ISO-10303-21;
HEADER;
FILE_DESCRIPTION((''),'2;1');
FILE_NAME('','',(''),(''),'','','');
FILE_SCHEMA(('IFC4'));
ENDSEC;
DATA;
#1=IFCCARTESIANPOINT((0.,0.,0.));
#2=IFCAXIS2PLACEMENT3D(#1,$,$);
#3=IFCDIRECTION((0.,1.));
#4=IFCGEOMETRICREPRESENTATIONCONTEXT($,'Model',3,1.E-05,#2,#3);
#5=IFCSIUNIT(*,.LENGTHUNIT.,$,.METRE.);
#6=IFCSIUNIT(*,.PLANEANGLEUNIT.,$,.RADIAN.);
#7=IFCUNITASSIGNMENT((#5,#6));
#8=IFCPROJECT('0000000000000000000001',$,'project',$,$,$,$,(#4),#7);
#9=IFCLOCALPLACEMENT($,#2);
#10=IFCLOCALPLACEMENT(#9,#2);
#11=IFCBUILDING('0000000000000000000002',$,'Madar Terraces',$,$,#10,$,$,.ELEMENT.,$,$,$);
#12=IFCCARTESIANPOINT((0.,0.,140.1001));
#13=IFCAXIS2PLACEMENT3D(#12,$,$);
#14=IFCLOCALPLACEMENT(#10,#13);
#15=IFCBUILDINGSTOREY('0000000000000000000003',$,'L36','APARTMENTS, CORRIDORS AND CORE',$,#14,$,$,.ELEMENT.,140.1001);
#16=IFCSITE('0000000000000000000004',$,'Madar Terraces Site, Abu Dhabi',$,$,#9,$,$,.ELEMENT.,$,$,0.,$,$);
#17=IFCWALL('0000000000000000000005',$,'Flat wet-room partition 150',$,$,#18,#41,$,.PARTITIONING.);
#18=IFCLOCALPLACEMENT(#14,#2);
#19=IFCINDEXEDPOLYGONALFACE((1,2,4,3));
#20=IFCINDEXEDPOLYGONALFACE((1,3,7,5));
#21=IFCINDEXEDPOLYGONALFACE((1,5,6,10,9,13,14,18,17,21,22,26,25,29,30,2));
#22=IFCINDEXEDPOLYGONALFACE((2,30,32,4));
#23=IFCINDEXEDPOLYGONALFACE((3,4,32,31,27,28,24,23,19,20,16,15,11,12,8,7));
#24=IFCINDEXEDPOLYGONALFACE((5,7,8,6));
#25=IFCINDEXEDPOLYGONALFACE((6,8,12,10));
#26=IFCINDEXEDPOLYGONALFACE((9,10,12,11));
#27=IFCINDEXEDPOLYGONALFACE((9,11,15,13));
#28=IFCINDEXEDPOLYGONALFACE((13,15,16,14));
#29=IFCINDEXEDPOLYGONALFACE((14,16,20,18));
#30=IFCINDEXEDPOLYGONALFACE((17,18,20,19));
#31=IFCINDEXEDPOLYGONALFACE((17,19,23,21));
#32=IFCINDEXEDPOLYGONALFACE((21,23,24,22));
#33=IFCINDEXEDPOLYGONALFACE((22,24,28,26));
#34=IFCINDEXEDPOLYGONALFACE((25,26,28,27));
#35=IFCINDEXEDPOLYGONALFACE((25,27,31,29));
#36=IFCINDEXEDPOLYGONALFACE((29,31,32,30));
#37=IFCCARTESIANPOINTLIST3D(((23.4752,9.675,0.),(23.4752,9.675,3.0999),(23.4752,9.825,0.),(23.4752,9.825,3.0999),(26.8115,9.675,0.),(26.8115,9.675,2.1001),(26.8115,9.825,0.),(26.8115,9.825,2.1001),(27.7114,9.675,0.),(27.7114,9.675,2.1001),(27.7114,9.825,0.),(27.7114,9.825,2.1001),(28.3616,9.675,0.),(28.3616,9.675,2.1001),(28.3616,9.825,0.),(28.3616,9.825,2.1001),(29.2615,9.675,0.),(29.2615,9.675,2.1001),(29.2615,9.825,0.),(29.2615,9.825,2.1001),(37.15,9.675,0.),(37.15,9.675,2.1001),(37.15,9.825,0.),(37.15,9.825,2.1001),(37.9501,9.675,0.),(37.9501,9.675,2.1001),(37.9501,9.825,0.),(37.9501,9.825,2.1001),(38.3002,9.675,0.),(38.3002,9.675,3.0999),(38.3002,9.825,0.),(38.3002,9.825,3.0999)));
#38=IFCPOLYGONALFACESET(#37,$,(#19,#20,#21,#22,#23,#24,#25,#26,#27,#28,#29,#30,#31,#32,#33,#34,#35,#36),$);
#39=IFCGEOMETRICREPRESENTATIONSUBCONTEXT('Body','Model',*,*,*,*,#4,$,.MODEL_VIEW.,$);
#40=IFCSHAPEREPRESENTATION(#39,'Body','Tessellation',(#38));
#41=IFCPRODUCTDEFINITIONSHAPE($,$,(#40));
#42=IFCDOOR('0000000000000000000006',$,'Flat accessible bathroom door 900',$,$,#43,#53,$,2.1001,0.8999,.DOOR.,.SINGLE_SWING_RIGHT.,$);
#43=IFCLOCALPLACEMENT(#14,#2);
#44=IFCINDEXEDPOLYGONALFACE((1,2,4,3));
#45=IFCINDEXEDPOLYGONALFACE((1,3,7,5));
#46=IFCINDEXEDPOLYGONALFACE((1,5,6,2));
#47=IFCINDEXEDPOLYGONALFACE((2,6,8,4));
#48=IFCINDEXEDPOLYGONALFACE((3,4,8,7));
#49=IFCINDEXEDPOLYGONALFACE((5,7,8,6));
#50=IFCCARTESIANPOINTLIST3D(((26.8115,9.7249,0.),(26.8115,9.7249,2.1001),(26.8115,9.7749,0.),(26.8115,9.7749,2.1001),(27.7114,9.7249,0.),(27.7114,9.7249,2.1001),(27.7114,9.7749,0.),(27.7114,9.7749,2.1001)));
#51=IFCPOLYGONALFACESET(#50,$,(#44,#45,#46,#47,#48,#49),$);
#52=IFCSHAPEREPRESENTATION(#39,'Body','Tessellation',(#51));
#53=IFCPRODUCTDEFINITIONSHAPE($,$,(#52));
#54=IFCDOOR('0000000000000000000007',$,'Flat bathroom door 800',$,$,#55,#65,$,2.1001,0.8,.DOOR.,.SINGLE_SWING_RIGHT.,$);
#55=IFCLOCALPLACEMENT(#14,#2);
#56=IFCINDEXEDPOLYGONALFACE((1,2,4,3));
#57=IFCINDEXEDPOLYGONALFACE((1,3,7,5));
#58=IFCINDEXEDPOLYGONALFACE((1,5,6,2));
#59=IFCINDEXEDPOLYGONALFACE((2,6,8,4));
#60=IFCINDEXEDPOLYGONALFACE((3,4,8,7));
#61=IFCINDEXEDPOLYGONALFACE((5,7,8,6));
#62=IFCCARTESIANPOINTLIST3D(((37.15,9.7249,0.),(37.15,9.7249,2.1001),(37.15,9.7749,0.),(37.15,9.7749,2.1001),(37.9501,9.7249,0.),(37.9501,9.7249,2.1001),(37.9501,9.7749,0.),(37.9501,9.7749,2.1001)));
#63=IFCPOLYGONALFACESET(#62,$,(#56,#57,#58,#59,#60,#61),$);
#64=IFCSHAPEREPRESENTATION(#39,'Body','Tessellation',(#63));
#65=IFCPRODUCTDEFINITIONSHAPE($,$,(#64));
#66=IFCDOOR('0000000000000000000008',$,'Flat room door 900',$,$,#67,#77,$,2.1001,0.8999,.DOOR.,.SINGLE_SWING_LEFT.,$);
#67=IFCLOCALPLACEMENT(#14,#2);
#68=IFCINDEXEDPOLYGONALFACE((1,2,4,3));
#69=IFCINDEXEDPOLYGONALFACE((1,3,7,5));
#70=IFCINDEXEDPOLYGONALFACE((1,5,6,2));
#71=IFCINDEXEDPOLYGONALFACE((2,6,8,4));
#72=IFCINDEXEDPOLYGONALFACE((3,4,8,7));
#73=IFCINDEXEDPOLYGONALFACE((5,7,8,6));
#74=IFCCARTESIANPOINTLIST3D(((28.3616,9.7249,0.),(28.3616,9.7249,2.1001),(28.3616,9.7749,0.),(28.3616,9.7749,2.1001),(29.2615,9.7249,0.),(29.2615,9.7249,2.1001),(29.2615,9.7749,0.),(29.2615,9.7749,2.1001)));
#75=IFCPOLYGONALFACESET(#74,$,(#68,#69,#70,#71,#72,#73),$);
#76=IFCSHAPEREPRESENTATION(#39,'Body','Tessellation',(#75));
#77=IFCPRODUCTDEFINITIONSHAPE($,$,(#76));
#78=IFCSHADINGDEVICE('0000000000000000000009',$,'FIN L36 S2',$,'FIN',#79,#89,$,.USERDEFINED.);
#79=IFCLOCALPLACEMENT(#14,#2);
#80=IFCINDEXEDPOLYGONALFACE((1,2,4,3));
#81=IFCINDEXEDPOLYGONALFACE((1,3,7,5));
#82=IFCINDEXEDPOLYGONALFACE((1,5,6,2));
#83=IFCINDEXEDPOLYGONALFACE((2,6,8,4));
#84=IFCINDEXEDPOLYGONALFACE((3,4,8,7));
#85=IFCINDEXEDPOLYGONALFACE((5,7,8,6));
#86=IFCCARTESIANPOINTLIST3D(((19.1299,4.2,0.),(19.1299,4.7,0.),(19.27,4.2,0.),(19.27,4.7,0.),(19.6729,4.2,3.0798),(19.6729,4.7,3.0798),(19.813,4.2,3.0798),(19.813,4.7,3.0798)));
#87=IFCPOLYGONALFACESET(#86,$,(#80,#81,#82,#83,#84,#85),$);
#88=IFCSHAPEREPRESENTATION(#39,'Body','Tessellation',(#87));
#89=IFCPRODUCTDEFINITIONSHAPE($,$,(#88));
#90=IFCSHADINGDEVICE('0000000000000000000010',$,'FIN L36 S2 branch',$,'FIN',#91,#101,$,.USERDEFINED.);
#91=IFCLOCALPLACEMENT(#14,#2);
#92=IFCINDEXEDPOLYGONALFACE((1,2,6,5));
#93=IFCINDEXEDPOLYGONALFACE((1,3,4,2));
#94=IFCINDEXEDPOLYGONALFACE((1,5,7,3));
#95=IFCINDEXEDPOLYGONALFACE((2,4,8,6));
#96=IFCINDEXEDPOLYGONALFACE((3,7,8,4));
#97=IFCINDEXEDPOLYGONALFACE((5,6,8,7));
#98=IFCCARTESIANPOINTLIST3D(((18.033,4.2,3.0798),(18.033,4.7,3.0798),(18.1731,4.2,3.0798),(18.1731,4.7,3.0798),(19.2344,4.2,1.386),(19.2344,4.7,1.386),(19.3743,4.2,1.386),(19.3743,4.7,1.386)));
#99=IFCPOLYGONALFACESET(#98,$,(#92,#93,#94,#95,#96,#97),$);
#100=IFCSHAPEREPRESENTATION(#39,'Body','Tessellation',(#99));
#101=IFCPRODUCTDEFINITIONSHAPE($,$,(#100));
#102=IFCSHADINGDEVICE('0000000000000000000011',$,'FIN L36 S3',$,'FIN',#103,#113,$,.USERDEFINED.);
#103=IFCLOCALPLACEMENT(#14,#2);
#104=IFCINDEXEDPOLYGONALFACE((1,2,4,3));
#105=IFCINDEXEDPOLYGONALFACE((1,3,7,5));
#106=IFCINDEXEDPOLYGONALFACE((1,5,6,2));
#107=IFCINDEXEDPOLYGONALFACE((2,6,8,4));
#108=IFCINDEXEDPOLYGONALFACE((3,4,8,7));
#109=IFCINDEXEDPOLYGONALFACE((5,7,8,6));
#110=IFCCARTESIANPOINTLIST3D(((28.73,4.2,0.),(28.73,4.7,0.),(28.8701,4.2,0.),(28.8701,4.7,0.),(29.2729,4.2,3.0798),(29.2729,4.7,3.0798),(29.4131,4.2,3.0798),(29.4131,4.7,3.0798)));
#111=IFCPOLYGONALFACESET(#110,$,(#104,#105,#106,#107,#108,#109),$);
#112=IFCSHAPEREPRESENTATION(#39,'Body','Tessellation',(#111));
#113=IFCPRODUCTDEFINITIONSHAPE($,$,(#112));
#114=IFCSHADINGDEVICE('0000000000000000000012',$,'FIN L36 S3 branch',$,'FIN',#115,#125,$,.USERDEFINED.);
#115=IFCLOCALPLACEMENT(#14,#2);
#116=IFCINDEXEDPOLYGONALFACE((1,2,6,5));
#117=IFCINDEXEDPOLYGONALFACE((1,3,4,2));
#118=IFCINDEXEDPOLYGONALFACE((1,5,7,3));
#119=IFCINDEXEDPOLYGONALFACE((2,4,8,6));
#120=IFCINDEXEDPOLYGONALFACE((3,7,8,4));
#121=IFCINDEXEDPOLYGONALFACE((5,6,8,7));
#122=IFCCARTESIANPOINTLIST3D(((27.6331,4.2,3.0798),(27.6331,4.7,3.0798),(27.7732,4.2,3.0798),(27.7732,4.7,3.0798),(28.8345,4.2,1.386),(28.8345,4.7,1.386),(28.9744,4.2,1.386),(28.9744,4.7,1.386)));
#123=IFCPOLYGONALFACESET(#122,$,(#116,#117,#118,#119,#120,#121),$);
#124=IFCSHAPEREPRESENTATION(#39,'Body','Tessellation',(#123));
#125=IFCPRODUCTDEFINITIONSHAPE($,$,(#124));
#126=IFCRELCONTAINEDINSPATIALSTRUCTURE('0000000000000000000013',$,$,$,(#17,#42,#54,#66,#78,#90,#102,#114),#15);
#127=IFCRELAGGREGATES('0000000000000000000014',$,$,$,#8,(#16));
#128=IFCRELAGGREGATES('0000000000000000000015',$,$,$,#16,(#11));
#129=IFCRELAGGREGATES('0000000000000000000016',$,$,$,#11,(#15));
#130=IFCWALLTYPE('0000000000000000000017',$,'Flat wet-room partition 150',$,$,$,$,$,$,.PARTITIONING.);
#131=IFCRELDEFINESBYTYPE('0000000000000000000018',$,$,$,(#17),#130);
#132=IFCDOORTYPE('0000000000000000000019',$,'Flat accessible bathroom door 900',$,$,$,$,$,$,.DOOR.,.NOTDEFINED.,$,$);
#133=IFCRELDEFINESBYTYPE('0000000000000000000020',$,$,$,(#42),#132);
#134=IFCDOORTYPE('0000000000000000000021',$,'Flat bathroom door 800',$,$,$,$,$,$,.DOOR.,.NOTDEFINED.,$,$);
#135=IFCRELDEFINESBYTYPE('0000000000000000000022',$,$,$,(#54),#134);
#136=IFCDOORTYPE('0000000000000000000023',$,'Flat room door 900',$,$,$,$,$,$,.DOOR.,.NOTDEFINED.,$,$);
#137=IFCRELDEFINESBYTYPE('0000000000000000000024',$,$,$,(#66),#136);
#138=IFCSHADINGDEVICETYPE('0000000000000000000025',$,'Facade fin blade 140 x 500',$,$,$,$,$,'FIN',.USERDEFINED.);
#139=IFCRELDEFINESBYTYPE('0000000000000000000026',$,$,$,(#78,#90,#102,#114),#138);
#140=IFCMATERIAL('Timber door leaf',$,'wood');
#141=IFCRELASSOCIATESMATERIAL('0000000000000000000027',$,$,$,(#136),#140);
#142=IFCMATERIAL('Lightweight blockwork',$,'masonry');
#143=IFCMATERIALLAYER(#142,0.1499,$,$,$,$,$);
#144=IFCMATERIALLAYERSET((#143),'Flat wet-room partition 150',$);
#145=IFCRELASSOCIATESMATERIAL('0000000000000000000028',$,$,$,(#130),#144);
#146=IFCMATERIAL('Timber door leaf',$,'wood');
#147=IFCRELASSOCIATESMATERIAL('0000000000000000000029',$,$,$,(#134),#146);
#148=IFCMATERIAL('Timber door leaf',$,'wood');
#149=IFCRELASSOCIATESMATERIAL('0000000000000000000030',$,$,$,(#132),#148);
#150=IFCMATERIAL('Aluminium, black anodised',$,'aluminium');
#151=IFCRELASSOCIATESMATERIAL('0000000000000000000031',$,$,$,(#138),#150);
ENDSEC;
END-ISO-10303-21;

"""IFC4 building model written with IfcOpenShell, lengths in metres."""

from ifc_helpers import new_model, si_unit, direction, frame, frame_2d, origin, place, context, subcontext, project, spatial, polyline, rectangle, outline, extrude, material, layer, layer_set, type_object, element, fill, save


model = new_model("IFC4")

# Units and contexts
model_context = context("Model", 3, precision=1e-05, world=origin(), true_north=direction((0.0, 1.0)))
body_context = subcontext(model_context, "Body", "Model", "MODEL_VIEW")
ifc_project = project(units=[si_unit("LENGTHUNIT", "METRE"), si_unit("PLANEANGLEUNIT", "RADIAN")], contexts=[model_context])

# Site, building, storey
site_placement = place(None, origin())
site = spatial("IfcSite", under=ifc_project, at=site_placement, Name="Madar Terraces Site, Abu Dhabi", CompositionType="ELEMENT", RefElevation=0.0)
building_placement = place(site_placement, origin())
building = spatial("IfcBuilding", under=site, at=building_placement, Name="Madar Terraces", CompositionType="ELEMENT")
storey_placement = place(building_placement, frame((0.0, 0.0, 140.1001)))
storey = spatial("IfcBuildingStorey", under=building, at=storey_placement, Name="L36", Description="APARTMENTS, CORRIDORS AND CORE", CompositionType="ELEMENT", Elevation=140.1001)

# Shared definitions
ifc_material_1 = material(Name="Timber door leaf", Category="wood")
door_type_1 = type_object("IfcDoorType", Name="Flat room door 900", OperationType="NOTDEFINED", PredefinedType="DOOR", material=ifc_material_1)

# Shared definitions
ifc_material_2 = material(Name="Lightweight blockwork", Category="masonry")
ifc_layer_1 = layer(ifc_material_2, 0.1499)
ifc_layer_set_1 = layer_set([ifc_layer_1], Name="Flat wet-room partition 150")
wall_type_1 = type_object("IfcWallType", Name="Flat wet-room partition 150", PredefinedType="PARTITIONING", material=ifc_layer_set_1)

# Shared definitions
ifc_material_3 = material(Name="Timber door leaf", Category="wood")
door_type_2 = type_object("IfcDoorType", Name="Flat bathroom door 800", OperationType="NOTDEFINED", PredefinedType="DOOR", material=ifc_material_3)

# Wall, openings, doors
wall_1_placement = place(storey_placement, frame((23.4751, 9.75, 0.0), z_axis=(0.0, 0.0, 1.0), x_axis=(1.0, 0.0, 0.0)))
wall_1 = element("IfcWall", 1, at=wall_1_placement, inside=storey, type_object=wall_type_1, Name="Flat wet-room partition 150", PredefinedType="PARTITIONING", context=body_context, shape_type="SweptSolid", body=[
    extrude(rectangle(XDim=14.825, YDim=0.1499, at=frame_2d((7.4126, 0.0))), origin(), (0.0, 0.0, 1.0), 3.0999),
])
opening_1_placement = place(wall_1_placement, frame((3.3364, 0.0, 0.0)))
opening_1 = element("IfcOpeningElement", 2, at=opening_1_placement, cuts=wall_1, PredefinedType="OPENING", context=body_context, shape_type="SweptSolid", body=[
    extrude(rectangle(XDim=0.8999, YDim=2.1001, at=frame_2d((0.45, 1.05))), frame((0.0, 0.085, 0.0), z_axis=(0.0, -1.0, 0.0), x_axis=(1.0, 0.0, 0.0)), (0.0, 0.0, 1.0), 0.1699),
])
opening_2_placement = place(wall_1_placement, frame((4.8865, 0.0, 0.0)))
opening_2 = element("IfcOpeningElement", 3, at=opening_2_placement, cuts=wall_1, PredefinedType="OPENING", context=body_context, shape_type="SweptSolid", body=[
    extrude(rectangle(XDim=0.8999, YDim=2.1001, at=frame_2d((0.45, 1.05))), frame((0.0, 0.085, 0.0), z_axis=(0.0, -1.0, 0.0), x_axis=(1.0, 0.0, 0.0)), (0.0, 0.0, 1.0), 0.1699),
])
opening_3_placement = place(wall_1_placement, frame((13.675, 0.0, 0.0)))
opening_3 = element("IfcOpeningElement", 4, at=opening_3_placement, cuts=wall_1, PredefinedType="OPENING", context=body_context, shape_type="SweptSolid", body=[
    extrude(rectangle(XDim=0.8, YDim=2.1001, at=frame_2d((0.3999, 1.05))), frame((0.0, 0.085, 0.0), z_axis=(0.0, -1.0, 0.0), x_axis=(1.0, 0.0, 0.0)), (0.0, 0.0, 1.0), 0.1699),
])
ifc_material_4 = material(Name="Timber door leaf", Category="wood")
door_type_3 = type_object("IfcDoorType", Name="Flat accessible bathroom door 900", OperationType="NOTDEFINED", PredefinedType="DOOR", material=ifc_material_4)
door_1_placement = place(opening_1_placement, origin())
door_1 = element("IfcDoor", 5, at=door_1_placement, inside=storey, type_object=door_type_3, Name="Flat accessible bathroom door 900", OperationType="SINGLE_SWING_RIGHT", OverallHeight=2.1001, OverallWidth=0.8999, PredefinedType="DOOR", context=body_context, shape_type="SweptSolid", body=[
    extrude(rectangle(XDim=0.8999, YDim=2.1001, at=frame_2d((0.45, 1.05))), frame((0.0, 0.0249, 0.0), z_axis=(0.0, -1.0, 0.0), x_axis=(1.0, 0.0, 0.0)), (0.0, 0.0, 1.0), 0.05),
])
fill(opening_1, door_1)
door_2_placement = place(opening_3_placement, origin())
door_2 = element("IfcDoor", 6, at=door_2_placement, inside=storey, type_object=door_type_2, Name="Flat bathroom door 800", OperationType="SINGLE_SWING_RIGHT", OverallHeight=2.1001, OverallWidth=0.8, PredefinedType="DOOR", context=body_context, shape_type="SweptSolid", body=[
    extrude(rectangle(XDim=0.8, YDim=2.1001, at=frame_2d((0.3999, 1.05))), frame((0.0, 0.0249, 0.0), z_axis=(0.0, -1.0, 0.0), x_axis=(1.0, 0.0, 0.0)), (0.0, 0.0, 1.0), 0.05),
])
fill(opening_3, door_2)
door_3_placement = place(opening_2_placement, origin())
door_3 = element("IfcDoor", 7, at=door_3_placement, inside=storey, type_object=door_type_1, Name="Flat room door 900", OperationType="SINGLE_SWING_LEFT", OverallHeight=2.1001, OverallWidth=0.8999, PredefinedType="DOOR", context=body_context, shape_type="SweptSolid", body=[
    extrude(rectangle(XDim=0.8999, YDim=2.1001, at=frame_2d((0.45, 1.05))), frame((0.0, 0.0249, 0.0), z_axis=(0.0, -1.0, 0.0), x_axis=(1.0, 0.0, 0.0)), (0.0, 0.0, 1.0), 0.05),
])
fill(opening_2, door_3)

# Shading devices
ifc_material_5 = material(Name="Aluminium, black anodised", Category="aluminium")
shading_device_type = type_object("IfcShadingDeviceType", Name="Facade fin blade 140 x 500", ElementType="FIN", PredefinedType="USERDEFINED", material=ifc_material_5)
shading_device_1_placement = place(storey_placement, frame((19.1299, 4.45, 0.0), z_axis=(0.0, 0.0, 1.0), x_axis=(1.0, 0.0, 0.0)))
element("IfcShadingDevice", 8, at=shading_device_1_placement, inside=storey, type_object=shading_device_type, Name="FIN L36 S2", ObjectType="FIN", PredefinedType="USERDEFINED", context=body_context, shape_type="SweptSolid", body=[
    extrude(outline(polyline([(0.0, 0.0), (0.1401, 0.0), (0.6831, 3.0798), (0.543, 3.0798), (0.0, 0.0)])), frame((0.0, 0.25, 0.0), z_axis=(0.0, -1.0, 0.0), x_axis=(1.0, 0.0, 0.0)), (0.0, 0.0, 1.0), 0.5),
])
shading_device_2_placement = place(storey_placement, frame((19.2344, 4.45, 1.386), z_axis=(0.0, 0.0, 1.0), x_axis=(1.0, 0.0, 0.0)))
element("IfcShadingDevice", 9, at=shading_device_2_placement, inside=storey, type_object=shading_device_type, Name="FIN L36 S2 branch", ObjectType="FIN", PredefinedType="USERDEFINED", context=body_context, shape_type="SweptSolid", body=[
    extrude(outline(polyline([(0.0, 0.0), (0.1399, 0.0), (-1.0613, 1.6938), (-1.2014, 1.6938), (0.0, 0.0)])), frame((0.0, 0.25, 0.0), z_axis=(0.0, -1.0, 0.0), x_axis=(1.0, 0.0, 0.0)), (0.0, 0.0, 1.0), 0.5),
])
shading_device_3_placement = place(storey_placement, frame((28.73, 4.45, 0.0), z_axis=(0.0, 0.0, 1.0), x_axis=(1.0, 0.0, 0.0)))
element("IfcShadingDevice", 10, at=shading_device_3_placement, inside=storey, type_object=shading_device_type, Name="FIN L36 S3", ObjectType="FIN", PredefinedType="USERDEFINED", context=body_context, shape_type="SweptSolid", body=[
    extrude(outline(polyline([(0.0, 0.0), (0.1401, 0.0), (0.6831, 3.0798), (0.543, 3.0798), (0.0, 0.0)])), frame((0.0, 0.25, 0.0), z_axis=(0.0, -1.0, 0.0), x_axis=(1.0, 0.0, 0.0)), (0.0, 0.0, 1.0), 0.5),
])
shading_device_4_placement = place(storey_placement, frame((28.8345, 4.45, 1.386), z_axis=(0.0, 0.0, 1.0), x_axis=(1.0, 0.0, 0.0)))
element("IfcShadingDevice", 11, at=shading_device_4_placement, inside=storey, type_object=shading_device_type, Name="FIN L36 S3 branch", ObjectType="FIN", PredefinedType="USERDEFINED", context=body_context, shape_type="SweptSolid", body=[
    extrude(outline(polyline([(0.0, 0.0), (0.1399, 0.0), (-1.0613, 1.6938), (-1.2014, 1.6938), (0.0, 0.0)])), frame((0.0, 0.25, 0.0), z_axis=(0.0, -1.0, 0.0), x_axis=(1.0, 0.0, 0.0)), (0.0, 0.0, 1.0), 0.5),
])

save(model, "model.ifc")
